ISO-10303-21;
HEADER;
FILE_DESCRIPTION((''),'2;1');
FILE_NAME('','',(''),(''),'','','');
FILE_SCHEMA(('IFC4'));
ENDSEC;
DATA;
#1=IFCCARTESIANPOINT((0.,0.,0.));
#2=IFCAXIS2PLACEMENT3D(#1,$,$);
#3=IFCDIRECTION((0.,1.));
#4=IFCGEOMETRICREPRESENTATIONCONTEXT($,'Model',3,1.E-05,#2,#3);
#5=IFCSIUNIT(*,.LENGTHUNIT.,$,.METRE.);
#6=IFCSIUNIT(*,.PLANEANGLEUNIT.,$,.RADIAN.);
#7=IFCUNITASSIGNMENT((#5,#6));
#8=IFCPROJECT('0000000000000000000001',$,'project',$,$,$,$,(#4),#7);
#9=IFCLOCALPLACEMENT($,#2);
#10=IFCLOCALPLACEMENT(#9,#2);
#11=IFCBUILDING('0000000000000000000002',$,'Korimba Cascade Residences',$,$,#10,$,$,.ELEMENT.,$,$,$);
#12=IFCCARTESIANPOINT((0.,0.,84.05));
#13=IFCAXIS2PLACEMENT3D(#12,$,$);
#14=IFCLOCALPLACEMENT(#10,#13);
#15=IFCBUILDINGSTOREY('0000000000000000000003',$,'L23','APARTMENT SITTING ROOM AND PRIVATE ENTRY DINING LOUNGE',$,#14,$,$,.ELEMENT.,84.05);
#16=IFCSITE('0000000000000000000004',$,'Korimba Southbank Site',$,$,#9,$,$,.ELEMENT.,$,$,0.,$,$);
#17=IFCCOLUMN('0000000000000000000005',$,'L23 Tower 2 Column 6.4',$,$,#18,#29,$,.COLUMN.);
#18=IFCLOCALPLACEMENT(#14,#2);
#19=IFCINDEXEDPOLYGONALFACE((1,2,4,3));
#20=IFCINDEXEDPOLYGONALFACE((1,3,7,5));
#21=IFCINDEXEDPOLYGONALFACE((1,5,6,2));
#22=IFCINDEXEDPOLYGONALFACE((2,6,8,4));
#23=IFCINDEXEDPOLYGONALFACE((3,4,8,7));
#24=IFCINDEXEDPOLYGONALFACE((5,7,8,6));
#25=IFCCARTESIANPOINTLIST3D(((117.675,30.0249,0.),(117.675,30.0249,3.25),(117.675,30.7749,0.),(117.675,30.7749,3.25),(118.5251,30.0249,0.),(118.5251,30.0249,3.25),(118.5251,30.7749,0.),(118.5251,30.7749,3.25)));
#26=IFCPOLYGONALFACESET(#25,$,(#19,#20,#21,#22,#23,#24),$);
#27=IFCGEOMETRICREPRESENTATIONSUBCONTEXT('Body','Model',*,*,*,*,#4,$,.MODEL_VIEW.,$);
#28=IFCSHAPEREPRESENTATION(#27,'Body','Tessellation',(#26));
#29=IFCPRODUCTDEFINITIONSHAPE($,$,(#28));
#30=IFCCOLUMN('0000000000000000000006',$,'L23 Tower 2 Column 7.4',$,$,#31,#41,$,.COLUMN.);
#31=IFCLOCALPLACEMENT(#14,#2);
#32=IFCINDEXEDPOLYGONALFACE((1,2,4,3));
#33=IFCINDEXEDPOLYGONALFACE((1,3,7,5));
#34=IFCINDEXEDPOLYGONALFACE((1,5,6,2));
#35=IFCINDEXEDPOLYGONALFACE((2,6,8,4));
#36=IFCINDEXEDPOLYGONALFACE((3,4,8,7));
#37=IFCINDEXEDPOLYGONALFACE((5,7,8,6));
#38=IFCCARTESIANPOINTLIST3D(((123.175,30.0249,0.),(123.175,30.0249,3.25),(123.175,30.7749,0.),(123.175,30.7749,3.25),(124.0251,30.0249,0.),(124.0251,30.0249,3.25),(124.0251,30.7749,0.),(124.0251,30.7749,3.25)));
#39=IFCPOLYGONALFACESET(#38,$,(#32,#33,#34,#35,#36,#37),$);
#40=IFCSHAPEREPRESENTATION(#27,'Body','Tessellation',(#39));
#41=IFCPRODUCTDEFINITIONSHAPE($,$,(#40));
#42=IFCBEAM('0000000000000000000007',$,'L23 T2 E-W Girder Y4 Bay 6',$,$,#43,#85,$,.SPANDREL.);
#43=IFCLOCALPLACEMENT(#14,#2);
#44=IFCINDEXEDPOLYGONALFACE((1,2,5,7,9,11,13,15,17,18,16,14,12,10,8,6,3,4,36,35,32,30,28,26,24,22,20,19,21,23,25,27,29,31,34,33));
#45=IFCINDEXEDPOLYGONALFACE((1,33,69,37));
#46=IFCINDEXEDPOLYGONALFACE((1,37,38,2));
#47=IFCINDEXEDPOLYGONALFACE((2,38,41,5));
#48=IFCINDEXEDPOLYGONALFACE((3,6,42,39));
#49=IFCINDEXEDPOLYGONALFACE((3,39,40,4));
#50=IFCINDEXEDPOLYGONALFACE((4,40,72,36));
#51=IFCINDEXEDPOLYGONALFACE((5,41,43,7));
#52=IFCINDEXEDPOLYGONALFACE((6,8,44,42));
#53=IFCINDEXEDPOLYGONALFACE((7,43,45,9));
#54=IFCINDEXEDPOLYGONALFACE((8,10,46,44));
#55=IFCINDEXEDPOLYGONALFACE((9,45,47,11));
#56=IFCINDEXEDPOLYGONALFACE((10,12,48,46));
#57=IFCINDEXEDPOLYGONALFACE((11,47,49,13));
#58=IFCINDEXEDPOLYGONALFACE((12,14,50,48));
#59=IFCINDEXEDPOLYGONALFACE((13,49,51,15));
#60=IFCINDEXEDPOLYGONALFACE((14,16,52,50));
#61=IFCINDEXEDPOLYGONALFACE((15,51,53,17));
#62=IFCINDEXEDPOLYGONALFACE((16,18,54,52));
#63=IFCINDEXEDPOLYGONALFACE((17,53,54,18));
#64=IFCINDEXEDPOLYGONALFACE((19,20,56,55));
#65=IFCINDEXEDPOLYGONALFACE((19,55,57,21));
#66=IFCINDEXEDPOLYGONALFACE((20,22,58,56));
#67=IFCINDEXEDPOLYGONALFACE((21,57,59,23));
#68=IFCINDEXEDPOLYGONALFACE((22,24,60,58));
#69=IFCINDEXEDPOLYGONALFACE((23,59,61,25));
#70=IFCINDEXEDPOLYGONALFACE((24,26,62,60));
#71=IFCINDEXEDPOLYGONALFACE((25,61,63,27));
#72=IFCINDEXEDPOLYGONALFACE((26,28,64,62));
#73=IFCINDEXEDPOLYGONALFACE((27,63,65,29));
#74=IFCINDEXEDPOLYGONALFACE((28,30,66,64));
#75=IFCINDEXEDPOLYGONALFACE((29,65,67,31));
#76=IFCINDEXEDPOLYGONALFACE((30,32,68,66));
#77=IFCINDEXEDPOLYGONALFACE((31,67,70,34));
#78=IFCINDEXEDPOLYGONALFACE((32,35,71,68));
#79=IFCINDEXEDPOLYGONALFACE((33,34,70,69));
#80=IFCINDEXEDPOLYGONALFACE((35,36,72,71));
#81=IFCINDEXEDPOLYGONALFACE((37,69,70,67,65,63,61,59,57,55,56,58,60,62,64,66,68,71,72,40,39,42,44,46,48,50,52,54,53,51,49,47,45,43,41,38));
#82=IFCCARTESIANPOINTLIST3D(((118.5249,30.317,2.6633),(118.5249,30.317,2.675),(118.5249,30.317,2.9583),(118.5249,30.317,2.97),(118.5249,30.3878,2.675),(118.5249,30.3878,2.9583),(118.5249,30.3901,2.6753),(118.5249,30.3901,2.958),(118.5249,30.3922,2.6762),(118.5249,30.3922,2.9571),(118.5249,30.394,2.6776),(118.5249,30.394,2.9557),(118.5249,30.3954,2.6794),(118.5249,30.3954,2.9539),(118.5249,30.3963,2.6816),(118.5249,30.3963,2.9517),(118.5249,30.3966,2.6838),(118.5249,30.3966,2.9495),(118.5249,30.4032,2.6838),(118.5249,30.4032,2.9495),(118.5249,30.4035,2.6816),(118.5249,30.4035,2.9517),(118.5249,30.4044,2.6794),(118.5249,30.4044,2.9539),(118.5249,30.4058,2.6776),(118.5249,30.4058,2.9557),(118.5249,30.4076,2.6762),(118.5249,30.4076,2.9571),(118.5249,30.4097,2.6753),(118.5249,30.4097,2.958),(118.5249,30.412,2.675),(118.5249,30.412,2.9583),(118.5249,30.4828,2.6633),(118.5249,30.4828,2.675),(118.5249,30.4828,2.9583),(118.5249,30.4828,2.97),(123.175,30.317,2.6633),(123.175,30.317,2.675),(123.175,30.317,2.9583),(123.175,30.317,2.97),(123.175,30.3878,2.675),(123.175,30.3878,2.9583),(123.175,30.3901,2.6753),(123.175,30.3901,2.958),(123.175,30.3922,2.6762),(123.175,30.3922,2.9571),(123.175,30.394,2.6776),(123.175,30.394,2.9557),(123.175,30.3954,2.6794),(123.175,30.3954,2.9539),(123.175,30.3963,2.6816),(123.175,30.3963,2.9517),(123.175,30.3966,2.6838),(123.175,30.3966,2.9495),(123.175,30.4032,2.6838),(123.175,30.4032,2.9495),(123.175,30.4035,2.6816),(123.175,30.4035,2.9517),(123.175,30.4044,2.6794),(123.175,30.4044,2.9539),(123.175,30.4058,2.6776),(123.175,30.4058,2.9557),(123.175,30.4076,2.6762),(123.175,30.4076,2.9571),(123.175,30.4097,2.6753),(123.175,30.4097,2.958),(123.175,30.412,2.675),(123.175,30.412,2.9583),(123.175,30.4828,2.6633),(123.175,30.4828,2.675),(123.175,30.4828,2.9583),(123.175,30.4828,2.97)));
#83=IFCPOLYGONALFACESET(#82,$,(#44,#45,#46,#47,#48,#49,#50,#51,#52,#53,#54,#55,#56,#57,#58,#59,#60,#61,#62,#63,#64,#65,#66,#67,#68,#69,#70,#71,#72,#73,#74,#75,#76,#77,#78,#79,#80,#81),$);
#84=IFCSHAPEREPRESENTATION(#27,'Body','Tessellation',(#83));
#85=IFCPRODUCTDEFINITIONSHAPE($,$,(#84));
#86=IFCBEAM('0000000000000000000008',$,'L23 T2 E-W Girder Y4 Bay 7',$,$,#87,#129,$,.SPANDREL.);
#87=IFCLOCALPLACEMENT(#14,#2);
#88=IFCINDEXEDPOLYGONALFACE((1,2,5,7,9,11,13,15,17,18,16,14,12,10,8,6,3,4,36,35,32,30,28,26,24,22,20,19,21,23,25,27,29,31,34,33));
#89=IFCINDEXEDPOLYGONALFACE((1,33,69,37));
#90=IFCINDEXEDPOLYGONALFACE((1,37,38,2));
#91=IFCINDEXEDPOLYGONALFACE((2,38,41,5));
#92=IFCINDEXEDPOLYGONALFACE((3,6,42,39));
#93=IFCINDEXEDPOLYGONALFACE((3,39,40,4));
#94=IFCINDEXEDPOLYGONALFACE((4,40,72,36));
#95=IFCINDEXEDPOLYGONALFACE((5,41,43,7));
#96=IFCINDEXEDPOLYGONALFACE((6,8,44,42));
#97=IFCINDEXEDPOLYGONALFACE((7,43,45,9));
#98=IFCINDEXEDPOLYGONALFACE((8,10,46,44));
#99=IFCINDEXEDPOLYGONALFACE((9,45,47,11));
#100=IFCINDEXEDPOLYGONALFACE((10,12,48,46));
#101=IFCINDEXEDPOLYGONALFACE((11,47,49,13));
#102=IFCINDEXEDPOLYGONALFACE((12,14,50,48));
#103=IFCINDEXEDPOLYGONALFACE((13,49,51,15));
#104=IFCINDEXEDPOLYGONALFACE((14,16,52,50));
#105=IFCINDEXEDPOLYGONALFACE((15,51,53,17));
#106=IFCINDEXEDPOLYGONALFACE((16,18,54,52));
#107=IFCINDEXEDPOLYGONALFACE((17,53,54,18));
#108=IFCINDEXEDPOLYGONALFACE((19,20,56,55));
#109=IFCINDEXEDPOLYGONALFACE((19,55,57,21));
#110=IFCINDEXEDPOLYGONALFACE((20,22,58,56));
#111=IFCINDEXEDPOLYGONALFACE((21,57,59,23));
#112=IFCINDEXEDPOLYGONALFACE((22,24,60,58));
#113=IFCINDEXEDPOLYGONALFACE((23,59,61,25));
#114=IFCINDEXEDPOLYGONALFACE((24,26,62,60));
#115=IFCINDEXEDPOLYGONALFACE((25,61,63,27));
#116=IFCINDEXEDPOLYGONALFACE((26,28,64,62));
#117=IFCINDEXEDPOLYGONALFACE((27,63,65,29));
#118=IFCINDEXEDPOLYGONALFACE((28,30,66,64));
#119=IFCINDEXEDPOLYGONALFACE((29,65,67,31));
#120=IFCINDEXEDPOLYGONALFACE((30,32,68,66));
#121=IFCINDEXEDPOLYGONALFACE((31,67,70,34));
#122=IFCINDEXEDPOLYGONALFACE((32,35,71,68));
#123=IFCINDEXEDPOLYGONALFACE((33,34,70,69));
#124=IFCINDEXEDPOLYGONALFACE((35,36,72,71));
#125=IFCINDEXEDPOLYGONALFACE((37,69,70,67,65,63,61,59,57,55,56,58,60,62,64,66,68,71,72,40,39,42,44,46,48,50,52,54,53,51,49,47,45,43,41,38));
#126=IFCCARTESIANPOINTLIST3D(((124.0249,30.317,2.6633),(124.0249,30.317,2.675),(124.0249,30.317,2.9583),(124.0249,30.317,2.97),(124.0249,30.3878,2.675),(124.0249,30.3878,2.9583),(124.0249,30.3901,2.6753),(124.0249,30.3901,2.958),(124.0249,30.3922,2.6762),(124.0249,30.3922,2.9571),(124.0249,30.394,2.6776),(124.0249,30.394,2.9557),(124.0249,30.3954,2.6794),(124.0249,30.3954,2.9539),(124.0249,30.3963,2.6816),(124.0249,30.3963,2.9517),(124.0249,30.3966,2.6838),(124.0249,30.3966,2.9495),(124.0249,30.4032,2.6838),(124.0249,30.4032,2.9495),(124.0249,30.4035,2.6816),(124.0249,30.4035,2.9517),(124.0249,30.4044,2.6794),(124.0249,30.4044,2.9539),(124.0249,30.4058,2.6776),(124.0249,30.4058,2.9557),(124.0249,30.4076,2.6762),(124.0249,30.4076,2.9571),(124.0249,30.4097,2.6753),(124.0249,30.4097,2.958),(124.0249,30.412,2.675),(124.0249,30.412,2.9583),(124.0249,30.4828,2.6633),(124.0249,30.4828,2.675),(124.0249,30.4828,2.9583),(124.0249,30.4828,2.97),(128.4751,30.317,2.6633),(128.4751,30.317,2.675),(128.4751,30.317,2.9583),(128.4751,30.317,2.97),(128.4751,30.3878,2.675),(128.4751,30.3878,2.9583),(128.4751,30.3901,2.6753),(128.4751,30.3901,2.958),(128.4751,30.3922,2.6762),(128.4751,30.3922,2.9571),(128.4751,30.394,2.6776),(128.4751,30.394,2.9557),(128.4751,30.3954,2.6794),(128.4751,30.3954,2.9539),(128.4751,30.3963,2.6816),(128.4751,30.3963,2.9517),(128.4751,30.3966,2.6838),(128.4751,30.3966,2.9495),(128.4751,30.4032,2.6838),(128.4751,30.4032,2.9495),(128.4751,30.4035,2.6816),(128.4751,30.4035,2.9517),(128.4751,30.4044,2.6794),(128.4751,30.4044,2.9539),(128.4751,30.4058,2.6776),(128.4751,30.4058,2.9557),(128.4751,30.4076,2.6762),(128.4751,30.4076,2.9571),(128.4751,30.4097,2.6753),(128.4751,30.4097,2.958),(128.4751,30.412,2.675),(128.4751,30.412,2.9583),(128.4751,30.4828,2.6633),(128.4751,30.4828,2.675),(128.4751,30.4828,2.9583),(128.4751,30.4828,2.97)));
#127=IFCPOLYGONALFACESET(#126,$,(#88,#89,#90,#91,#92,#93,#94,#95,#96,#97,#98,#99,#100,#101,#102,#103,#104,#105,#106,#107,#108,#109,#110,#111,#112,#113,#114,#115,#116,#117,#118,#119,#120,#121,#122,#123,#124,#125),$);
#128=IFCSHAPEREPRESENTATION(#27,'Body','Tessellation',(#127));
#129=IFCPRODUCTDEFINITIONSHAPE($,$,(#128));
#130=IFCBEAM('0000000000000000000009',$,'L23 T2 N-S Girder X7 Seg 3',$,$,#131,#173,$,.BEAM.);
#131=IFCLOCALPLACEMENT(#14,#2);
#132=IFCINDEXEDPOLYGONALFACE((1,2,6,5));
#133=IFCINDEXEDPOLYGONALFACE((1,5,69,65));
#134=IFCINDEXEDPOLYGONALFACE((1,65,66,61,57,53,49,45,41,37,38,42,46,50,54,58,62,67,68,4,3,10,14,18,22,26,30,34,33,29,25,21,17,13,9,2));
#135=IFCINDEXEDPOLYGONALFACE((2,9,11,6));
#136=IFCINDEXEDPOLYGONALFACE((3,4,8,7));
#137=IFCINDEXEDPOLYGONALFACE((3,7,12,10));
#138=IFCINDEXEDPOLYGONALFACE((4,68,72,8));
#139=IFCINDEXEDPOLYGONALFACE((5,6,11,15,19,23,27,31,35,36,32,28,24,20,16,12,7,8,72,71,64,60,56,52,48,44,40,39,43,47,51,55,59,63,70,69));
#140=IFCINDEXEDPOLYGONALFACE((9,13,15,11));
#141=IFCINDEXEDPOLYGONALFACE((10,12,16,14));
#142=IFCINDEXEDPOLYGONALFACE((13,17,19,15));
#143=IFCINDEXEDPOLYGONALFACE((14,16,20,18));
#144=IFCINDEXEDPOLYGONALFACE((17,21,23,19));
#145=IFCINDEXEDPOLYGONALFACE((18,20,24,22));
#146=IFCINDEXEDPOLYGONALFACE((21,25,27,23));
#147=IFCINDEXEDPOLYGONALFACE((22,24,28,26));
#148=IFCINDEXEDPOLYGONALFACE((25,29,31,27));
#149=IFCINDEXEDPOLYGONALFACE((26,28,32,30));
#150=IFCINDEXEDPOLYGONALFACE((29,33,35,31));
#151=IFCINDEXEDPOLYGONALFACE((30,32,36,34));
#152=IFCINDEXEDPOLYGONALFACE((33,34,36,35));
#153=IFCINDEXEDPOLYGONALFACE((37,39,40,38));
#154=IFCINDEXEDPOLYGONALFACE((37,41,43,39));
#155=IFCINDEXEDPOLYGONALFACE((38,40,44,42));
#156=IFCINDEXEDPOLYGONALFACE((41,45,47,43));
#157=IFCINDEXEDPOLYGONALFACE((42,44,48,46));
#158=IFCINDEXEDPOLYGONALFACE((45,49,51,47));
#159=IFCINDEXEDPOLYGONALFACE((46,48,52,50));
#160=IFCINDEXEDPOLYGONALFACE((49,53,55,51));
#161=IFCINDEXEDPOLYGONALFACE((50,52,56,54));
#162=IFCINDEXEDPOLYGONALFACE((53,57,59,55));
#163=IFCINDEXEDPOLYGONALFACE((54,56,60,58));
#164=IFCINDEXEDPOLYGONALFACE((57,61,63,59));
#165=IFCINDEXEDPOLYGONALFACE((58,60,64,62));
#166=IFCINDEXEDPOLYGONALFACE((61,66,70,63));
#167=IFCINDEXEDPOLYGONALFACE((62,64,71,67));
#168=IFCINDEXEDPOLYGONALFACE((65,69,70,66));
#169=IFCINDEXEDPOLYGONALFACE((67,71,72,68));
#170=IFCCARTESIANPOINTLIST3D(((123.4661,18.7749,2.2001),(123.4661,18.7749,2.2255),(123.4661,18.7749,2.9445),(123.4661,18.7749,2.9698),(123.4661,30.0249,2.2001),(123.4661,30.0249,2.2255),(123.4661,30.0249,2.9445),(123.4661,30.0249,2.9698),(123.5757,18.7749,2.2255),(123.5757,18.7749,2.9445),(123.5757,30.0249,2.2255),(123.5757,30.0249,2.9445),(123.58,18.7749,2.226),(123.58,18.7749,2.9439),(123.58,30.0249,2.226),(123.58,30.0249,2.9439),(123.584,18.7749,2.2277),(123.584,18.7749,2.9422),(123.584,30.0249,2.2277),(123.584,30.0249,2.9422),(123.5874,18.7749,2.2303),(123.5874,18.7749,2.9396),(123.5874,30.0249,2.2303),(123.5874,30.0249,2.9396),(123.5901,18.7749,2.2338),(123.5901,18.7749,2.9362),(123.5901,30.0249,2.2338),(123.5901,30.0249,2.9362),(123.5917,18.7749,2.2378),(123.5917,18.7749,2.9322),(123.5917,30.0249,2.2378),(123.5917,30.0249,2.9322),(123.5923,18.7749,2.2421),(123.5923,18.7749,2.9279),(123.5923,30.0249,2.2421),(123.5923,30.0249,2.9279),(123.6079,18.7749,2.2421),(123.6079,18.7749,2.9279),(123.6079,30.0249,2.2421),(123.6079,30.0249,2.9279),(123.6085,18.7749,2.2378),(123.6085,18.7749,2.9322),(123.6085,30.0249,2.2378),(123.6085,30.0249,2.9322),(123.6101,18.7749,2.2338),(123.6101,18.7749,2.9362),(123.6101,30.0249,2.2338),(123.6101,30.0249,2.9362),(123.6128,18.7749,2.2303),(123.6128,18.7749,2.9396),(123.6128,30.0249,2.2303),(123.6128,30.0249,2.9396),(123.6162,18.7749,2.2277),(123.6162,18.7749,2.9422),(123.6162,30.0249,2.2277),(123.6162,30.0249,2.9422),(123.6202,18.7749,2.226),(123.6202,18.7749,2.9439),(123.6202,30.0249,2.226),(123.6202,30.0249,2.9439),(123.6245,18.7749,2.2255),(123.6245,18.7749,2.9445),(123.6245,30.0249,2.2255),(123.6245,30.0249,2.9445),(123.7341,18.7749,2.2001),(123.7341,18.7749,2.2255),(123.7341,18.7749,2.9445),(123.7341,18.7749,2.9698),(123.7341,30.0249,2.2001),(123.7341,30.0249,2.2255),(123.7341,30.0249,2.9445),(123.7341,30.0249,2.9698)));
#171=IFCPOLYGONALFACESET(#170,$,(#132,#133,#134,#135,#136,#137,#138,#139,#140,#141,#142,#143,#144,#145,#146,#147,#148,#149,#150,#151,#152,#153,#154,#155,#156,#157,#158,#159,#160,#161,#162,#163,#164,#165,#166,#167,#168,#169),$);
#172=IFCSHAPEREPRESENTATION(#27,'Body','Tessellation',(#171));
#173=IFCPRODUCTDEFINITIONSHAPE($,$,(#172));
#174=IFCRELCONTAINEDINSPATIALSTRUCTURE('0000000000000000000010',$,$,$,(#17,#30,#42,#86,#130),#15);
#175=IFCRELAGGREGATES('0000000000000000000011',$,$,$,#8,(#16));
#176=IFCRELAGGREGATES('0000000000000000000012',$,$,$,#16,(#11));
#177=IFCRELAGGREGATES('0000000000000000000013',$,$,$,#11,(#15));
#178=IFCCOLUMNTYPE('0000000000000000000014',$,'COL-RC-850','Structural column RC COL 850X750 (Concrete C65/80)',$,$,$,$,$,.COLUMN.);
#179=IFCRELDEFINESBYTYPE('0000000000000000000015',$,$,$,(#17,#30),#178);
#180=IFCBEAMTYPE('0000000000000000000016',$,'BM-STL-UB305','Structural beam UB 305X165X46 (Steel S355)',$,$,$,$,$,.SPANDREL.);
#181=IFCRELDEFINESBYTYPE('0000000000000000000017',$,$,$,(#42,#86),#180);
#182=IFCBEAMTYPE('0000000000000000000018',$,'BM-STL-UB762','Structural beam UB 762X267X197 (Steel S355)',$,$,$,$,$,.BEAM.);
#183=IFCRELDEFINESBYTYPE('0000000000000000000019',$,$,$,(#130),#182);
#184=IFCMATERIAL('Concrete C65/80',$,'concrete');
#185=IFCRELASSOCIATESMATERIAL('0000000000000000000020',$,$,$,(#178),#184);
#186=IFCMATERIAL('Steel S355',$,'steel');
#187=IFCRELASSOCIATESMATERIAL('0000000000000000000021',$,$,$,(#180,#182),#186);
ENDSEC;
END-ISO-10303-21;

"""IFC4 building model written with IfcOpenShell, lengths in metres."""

from ifc_helpers import new_model, si_unit, direction, frame, origin, origin_2d, place, context, subcontext, project, spatial, rectangle, i_section, extrude, material, material_profile, profile_set, type_object, element, save


model = new_model("IFC4")

# Units and contexts
model_context = context("Model", 3, precision=1e-05, world=origin(), true_north=direction((0.0, 1.0)))
body_context = subcontext(model_context, "Body", "Model", "MODEL_VIEW")
ifc_project = project(units=[si_unit("LENGTHUNIT", "METRE"), si_unit("PLANEANGLEUNIT", "RADIAN")], contexts=[model_context])

# Site, building, storey
site_placement = place(None, origin())
site = spatial("IfcSite", under=ifc_project, at=site_placement, Name="Korimba Southbank Site", CompositionType="ELEMENT", RefElevation=0.0)
building_placement = place(site_placement, origin())
building = spatial("IfcBuilding", under=site, at=building_placement, Name="Korimba Cascade Residences", CompositionType="ELEMENT")
storey_placement = place(building_placement, frame((0.0, 0.0, 84.05)))
storey = spatial("IfcBuildingStorey", under=building, at=storey_placement, Name="L23", Description="APARTMENT SITTING ROOM AND PRIVATE ENTRY DINING LOUNGE", CompositionType="ELEMENT", Elevation=84.05)

# Columns
ifc_material_1 = material(Name="Concrete C65/80", Category="concrete")
ifc_material_profile_1 = material_profile(ifc_material_1, rectangle(XDim=0.8501, YDim=0.75, at=origin_2d()), Name="Concrete C65/80")
ifc_profile_set_1 = profile_set([ifc_material_profile_1], Name="Concrete C65/80")
column_type = type_object("IfcColumnType", Name="COL-RC-850", Description="Structural column RC COL 850X750 (Concrete C65/80)", PredefinedType="COLUMN", material=ifc_profile_set_1)
for number, where, z_axis, x_axis, name in (
    (1, (118.1001, 30.3999, 0.0), (0.0, 0.0, 1.0), (1.0, 0.0, 0.0), "L23 Tower 2 Column 6.4"),
    (2, (123.6001, 30.3999, 0.0), (0.0, 0.0, 1.0), (1.0, 0.0, 0.0), "L23 Tower 2 Column 7.4"),
):
    element("IfcColumn", number, at=place(storey_placement, frame(where, z_axis=z_axis, x_axis=x_axis)), inside=storey, type_object=column_type, Name=name, PredefinedType="COLUMN", context=body_context, shape_type="SweptSolid", body=[
        extrude(rectangle(XDim=0.8501, YDim=0.75, at=origin_2d()), origin(), (0.0, 0.0, 1.0), 3.25),
    ])

# Beams
ifc_material_2 = material(Name="Steel S355", Category="steel")
ifc_material_profile_2 = material_profile(ifc_material_2, i_section(OverallWidth=0.1658, OverallDepth=0.3066, WebThickness=0.0066, FlangeThickness=0.0117, FilletRadius=0.0088, at=origin_2d()), Name="Steel S355")
ifc_profile_set_2 = profile_set([ifc_material_profile_2], Name="Steel S355")
beam_type_1 = type_object("IfcBeamType", Name="BM-STL-UB305", Description="Structural beam UB 305X165X46 (Steel S355)", PredefinedType="SPANDREL", material=ifc_profile_set_2)
beam_1_placement = place(storey_placement, frame((118.5249, 30.3999, 2.8167), z_axis=(1.0, 0.0, 0.0), x_axis=(0.0, 1.0, 0.0)))
element("IfcBeam", 3, at=beam_1_placement, inside=storey, type_object=beam_type_1, Name="L23 T2 E-W Girder Y4 Bay 6", PredefinedType="SPANDREL", context=body_context, shape_type="SweptSolid", body=[
    extrude(i_section(OverallWidth=0.1658, OverallDepth=0.3066, WebThickness=0.0066, FlangeThickness=0.0117, FilletRadius=0.0088, at=origin_2d()), origin(), (0.0, 0.0, 1.0), 4.6501),
])
beam_2_placement = place(storey_placement, frame((124.0249, 30.3999, 2.8167), z_axis=(1.0, 0.0, 0.0), x_axis=(0.0, 1.0, 0.0)))
element("IfcBeam", 4, at=beam_2_placement, inside=storey, type_object=beam_type_1, Name="L23 T2 E-W Girder Y4 Bay 7", PredefinedType="SPANDREL", context=body_context, shape_type="SweptSolid", body=[
    extrude(i_section(OverallWidth=0.1658, OverallDepth=0.3066, WebThickness=0.0066, FlangeThickness=0.0117, FilletRadius=0.0088, at=origin_2d()), origin(), (0.0, 0.0, 1.0), 4.4502),
])
ifc_material_profile_3 = material_profile(ifc_material_2, i_section(OverallWidth=0.2681, OverallDepth=0.7698, WebThickness=0.0156, FlangeThickness=0.0254, FilletRadius=0.0166, at=origin_2d()), Name="Steel S355")
ifc_profile_set_3 = profile_set([ifc_material_profile_3], Name="Steel S355")
beam_type_2 = type_object("IfcBeamType", Name="BM-STL-UB762", Description="Structural beam UB 762X267X197 (Steel S355)", PredefinedType="BEAM", material=ifc_profile_set_3)
for number, where, z_axis, x_axis, name in (
    (5, (123.6001, 18.7749, 2.585), (0.0, 1.0, 0.0), (-1.0, 0.0, 0.0), "L23 T2 N-S Girder X7 Seg 3"),
):
    element("IfcBeam", number, at=place(storey_placement, frame(where, z_axis=z_axis, x_axis=x_axis)), inside=storey, type_object=beam_type_2, Name=name, PredefinedType="BEAM", context=body_context, shape_type="SweptSolid", body=[
        extrude(i_section(OverallWidth=0.2681, OverallDepth=0.7698, WebThickness=0.0156, FlangeThickness=0.0254, FilletRadius=0.0166, at=origin_2d()), origin(), (0.0, 0.0, 1.0), 11.25),
    ])

save(model, "model.ifc")
